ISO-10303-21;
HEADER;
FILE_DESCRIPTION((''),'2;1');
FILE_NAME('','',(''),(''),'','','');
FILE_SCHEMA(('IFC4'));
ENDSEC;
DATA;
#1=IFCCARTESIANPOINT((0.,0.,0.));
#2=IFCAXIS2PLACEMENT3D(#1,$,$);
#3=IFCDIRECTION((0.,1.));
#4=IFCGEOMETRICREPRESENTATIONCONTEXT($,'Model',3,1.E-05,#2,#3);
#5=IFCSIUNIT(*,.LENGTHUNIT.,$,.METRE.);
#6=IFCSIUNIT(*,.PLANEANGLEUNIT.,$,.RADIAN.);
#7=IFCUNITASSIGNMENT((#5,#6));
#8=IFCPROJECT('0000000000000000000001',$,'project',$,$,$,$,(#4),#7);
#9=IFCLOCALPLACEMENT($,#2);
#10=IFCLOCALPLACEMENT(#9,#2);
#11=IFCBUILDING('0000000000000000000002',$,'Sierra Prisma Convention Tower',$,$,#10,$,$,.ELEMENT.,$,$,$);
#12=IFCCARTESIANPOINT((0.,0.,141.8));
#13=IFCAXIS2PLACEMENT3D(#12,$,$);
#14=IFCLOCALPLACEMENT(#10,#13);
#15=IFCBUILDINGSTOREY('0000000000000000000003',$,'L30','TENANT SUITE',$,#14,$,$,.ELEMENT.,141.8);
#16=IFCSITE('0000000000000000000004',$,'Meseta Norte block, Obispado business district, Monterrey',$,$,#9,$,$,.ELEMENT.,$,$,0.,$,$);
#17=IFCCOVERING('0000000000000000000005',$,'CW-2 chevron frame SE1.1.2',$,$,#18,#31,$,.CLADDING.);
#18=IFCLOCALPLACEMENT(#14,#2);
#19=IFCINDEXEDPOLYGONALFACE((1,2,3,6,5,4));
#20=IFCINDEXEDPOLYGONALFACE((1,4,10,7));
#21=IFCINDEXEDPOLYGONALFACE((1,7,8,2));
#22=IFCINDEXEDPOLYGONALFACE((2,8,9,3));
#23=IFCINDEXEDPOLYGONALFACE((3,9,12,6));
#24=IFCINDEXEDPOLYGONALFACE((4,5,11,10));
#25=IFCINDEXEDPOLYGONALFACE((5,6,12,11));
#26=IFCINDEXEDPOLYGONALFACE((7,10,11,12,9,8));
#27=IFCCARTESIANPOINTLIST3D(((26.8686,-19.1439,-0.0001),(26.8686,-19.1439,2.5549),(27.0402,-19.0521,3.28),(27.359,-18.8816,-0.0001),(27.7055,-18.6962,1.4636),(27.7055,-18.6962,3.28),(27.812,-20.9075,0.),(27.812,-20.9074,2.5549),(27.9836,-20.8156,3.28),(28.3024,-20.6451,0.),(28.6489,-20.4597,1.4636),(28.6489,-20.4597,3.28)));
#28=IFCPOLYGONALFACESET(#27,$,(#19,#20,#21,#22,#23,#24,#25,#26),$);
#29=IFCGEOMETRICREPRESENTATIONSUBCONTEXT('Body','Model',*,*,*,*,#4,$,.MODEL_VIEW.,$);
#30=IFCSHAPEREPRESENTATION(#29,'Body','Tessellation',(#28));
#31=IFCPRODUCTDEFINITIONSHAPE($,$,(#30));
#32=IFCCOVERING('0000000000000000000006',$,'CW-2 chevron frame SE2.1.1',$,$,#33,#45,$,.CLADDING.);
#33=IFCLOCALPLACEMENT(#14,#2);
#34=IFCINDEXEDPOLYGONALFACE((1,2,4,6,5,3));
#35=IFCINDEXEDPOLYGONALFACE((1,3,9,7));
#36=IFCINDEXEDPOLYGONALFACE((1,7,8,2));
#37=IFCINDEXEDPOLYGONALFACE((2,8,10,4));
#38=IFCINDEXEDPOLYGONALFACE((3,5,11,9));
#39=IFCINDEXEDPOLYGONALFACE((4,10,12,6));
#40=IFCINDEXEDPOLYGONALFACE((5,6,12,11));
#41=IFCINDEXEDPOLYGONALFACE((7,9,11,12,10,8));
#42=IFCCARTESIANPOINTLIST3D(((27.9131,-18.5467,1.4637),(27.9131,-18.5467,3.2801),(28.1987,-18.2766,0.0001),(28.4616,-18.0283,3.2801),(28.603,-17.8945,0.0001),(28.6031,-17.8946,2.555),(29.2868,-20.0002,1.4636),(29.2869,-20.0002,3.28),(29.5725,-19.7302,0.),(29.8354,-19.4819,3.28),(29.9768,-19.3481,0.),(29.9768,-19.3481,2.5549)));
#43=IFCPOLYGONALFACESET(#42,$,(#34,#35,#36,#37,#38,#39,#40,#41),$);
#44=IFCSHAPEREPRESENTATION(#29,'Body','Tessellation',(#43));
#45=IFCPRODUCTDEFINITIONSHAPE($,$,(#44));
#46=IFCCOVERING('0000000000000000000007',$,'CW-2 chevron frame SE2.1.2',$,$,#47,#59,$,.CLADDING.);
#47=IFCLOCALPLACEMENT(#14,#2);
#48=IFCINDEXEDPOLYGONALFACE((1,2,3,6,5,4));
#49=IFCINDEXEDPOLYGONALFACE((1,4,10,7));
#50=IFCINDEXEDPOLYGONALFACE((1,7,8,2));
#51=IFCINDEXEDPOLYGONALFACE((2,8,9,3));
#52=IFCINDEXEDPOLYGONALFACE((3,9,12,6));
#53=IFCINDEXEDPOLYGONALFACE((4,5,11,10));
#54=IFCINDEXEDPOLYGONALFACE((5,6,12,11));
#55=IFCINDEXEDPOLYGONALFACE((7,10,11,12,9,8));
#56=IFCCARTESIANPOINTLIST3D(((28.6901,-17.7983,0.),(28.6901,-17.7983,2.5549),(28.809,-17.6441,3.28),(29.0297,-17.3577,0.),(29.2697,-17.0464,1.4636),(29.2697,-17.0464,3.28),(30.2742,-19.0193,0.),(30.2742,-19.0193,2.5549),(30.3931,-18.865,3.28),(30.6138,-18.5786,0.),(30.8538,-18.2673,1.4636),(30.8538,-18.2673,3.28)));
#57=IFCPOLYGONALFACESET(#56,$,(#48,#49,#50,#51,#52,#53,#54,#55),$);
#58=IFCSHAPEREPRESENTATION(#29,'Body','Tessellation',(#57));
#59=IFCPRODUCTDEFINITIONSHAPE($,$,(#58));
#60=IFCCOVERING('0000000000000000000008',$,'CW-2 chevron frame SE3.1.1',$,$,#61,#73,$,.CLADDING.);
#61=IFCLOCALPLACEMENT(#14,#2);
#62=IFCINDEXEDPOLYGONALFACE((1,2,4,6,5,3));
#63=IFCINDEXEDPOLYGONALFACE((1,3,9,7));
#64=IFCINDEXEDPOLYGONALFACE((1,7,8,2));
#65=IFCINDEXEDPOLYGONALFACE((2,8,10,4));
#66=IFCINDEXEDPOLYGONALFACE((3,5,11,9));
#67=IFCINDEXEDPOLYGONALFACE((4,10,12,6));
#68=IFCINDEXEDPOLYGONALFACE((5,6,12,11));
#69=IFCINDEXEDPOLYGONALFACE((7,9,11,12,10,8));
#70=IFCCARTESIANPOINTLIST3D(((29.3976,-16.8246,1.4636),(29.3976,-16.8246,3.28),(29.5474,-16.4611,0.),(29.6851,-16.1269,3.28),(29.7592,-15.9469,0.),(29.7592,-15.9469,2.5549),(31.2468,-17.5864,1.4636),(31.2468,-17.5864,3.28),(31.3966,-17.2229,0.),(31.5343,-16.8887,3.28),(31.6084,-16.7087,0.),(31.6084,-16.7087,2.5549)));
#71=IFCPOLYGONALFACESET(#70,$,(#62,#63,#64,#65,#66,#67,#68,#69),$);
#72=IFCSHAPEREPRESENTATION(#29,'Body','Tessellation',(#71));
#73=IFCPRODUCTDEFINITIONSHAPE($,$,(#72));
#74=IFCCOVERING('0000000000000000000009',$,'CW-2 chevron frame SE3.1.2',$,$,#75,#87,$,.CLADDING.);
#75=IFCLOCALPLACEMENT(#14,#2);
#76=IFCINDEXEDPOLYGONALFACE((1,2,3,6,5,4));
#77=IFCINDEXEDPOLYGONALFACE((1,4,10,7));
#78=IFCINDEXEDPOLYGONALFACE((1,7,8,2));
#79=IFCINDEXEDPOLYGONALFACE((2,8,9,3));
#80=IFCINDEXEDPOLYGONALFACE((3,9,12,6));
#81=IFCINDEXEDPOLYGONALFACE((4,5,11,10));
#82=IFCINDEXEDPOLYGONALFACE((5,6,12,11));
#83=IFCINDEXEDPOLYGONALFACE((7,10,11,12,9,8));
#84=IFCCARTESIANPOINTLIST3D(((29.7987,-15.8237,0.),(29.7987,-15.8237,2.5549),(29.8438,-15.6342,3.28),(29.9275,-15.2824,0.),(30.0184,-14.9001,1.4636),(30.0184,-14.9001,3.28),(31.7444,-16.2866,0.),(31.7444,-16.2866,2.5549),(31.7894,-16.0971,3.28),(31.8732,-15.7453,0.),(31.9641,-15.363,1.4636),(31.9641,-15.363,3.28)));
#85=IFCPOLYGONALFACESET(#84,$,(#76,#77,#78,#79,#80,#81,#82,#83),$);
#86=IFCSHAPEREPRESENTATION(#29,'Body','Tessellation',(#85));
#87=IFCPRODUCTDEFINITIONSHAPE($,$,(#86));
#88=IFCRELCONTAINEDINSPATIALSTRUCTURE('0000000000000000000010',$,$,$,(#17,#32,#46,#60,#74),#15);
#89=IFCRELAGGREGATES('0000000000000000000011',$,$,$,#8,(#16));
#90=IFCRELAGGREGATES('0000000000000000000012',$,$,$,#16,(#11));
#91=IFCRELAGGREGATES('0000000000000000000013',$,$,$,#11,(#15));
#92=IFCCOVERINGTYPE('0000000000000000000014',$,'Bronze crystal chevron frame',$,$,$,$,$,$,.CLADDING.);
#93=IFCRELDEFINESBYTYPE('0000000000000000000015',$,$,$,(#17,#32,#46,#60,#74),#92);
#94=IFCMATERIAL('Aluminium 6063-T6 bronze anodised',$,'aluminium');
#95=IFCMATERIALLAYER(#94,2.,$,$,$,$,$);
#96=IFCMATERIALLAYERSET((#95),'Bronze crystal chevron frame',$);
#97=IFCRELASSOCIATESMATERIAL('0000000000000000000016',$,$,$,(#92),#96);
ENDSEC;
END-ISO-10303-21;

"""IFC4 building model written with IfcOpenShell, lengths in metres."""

from ifc_helpers import new_model, si_unit, direction, frame, origin, place, context, subcontext, project, spatial, polyline, outline, extrude, material, layer, layer_set, type_object, element, save


model = new_model("IFC4")

# Units and contexts
model_context = context("Model", 3, precision=1e-05, world=origin(), true_north=direction((0.0, 1.0)))
body_context = subcontext(model_context, "Body", "Model", "MODEL_VIEW")
ifc_project = project(units=[si_unit("LENGTHUNIT", "METRE"), si_unit("PLANEANGLEUNIT", "RADIAN")], contexts=[model_context])

# Site, building, storey
site_placement = place(None, origin())
site = spatial("IfcSite", under=ifc_project, at=site_placement, Name="Meseta Norte block, Obispado business district, Monterrey", CompositionType="ELEMENT", RefElevation=0.0)
building_placement = place(site_placement, origin())
building = spatial("IfcBuilding", under=site, at=building_placement, Name="Sierra Prisma Convention Tower", CompositionType="ELEMENT")
storey_placement = place(building_placement, frame((0.0, 0.0, 141.8)))
storey = spatial("IfcBuildingStorey", under=building, at=storey_placement, Name="L30", Description="TENANT SUITE", CompositionType="ELEMENT", Elevation=141.8)

# Coverings
ifc_material_1 = material(Name="Aluminium 6063-T6 bronze anodised", Category="aluminium")
ifc_layer_1 = layer(ifc_material_1, 2.0)
ifc_layer_set_1 = layer_set([ifc_layer_1], Name="Bronze crystal chevron frame")
covering_type = type_object("IfcCoveringType", Name="Bronze crystal chevron frame", PredefinedType="CLADDING", material=ifc_layer_set_1)
covering_1_placement = place(storey_placement, frame((27.812, -20.9075, 0.0), z_axis=(0.471697, -0.881761, 0.000027), x_axis=(0.881761, 0.471697, 0.0)))
element("IfcCovering", 1, at=covering_1_placement, inside=storey, type_object=covering_type, Name="CW-2 chevron frame SE1.1.2", PredefinedType="CLADDING", context=body_context, shape_type="SweptSolid", body=[
    extrude(outline(polyline([(0.0, 0.0), (0.5562, 0.0), (0.9492, 1.4636), (0.9492, 3.28), (0.1946, 3.28), (0.0, 2.5549), (0.0, 0.0)])), origin(), (0.0, 0.0, -1.0), 2.0),
])
covering_2_placement = place(storey_placement, frame((29.2869, -20.0002, 3.28), z_axis=(0.686877, -0.726774, -0.000028), x_axis=(-0.000019, 0.000021, -1.0)))
element("IfcCovering", 2, at=covering_2_placement, inside=storey, type_object=covering_type, Name="CW-2 chevron frame SE2.1.1", PredefinedType="CLADDING", context=body_context, shape_type="SweptSolid", body=[
    extrude(outline(polyline([(0.0, 0.0), (1.8164, 0.0), (3.28, 0.3931), (3.28, 0.9493), (0.7251, 0.9493), (0.0, 0.7547), (0.0, 0.0)])), origin(), (0.0, 0.0, -1.0), 2.0),
])
covering_3_placement = place(storey_placement, frame((30.2742, -19.0193, 0.0), z_axis=(0.792037, -0.610473, -0.000004), x_axis=(0.610473, 0.792037, 0.0)))
element("IfcCovering", 3, at=covering_3_placement, inside=storey, type_object=covering_type, Name="CW-2 chevron frame SE2.1.2", PredefinedType="CLADDING", context=body_context, shape_type="SweptSolid", body=[
    extrude(outline(polyline([(0.0, 0.0), (0.5563, 0.0), (0.9494, 1.4636), (0.9494, 3.28), (0.1948, 3.28), (0.0, 2.5549), (0.0, 0.0)])), origin(), (0.0, 0.0, -1.0), 2.0),
])
covering_4_placement = place(storey_placement, frame((31.2468, -17.5864, 3.28), z_axis=(0.924609, -0.380917, -0.000001), x_axis=(-0.000001, 0.0, -1.0)))
element("IfcCovering", 4, at=covering_4_placement, inside=storey, type_object=covering_type, Name="CW-2 chevron frame SE3.1.1", PredefinedType="CLADDING", context=body_context, shape_type="SweptSolid", body=[
    extrude(outline(polyline([(0.0, 0.0), (1.8164, 0.0), (3.28, 0.3931), (3.28, 0.9492), (0.7251, 0.9492), (0.0, 0.7546), (0.0, 0.0)])), origin(), (0.0, 0.0, -1.0), 2.0),
])
covering_5_placement = place(storey_placement, frame((31.7444, -16.2866, 0.0), z_axis=(0.972842, -0.231469, 0.000007), x_axis=(0.231469, 0.972842, 0.0)))
element("IfcCovering", 5, at=covering_5_placement, inside=storey, type_object=covering_type, Name="CW-2 chevron frame SE3.1.2", PredefinedType="CLADDING", context=body_context, shape_type="SweptSolid", body=[
    extrude(outline(polyline([(0.0, 0.0), (0.5564, 0.0), (0.9494, 1.4636), (0.9494, 3.28), (0.1948, 3.28), (0.0, 2.5549), (0.0, 0.0)])), origin(), (0.0, 0.0, -1.0), 2.0),
])

save(model, "model.ifc")
